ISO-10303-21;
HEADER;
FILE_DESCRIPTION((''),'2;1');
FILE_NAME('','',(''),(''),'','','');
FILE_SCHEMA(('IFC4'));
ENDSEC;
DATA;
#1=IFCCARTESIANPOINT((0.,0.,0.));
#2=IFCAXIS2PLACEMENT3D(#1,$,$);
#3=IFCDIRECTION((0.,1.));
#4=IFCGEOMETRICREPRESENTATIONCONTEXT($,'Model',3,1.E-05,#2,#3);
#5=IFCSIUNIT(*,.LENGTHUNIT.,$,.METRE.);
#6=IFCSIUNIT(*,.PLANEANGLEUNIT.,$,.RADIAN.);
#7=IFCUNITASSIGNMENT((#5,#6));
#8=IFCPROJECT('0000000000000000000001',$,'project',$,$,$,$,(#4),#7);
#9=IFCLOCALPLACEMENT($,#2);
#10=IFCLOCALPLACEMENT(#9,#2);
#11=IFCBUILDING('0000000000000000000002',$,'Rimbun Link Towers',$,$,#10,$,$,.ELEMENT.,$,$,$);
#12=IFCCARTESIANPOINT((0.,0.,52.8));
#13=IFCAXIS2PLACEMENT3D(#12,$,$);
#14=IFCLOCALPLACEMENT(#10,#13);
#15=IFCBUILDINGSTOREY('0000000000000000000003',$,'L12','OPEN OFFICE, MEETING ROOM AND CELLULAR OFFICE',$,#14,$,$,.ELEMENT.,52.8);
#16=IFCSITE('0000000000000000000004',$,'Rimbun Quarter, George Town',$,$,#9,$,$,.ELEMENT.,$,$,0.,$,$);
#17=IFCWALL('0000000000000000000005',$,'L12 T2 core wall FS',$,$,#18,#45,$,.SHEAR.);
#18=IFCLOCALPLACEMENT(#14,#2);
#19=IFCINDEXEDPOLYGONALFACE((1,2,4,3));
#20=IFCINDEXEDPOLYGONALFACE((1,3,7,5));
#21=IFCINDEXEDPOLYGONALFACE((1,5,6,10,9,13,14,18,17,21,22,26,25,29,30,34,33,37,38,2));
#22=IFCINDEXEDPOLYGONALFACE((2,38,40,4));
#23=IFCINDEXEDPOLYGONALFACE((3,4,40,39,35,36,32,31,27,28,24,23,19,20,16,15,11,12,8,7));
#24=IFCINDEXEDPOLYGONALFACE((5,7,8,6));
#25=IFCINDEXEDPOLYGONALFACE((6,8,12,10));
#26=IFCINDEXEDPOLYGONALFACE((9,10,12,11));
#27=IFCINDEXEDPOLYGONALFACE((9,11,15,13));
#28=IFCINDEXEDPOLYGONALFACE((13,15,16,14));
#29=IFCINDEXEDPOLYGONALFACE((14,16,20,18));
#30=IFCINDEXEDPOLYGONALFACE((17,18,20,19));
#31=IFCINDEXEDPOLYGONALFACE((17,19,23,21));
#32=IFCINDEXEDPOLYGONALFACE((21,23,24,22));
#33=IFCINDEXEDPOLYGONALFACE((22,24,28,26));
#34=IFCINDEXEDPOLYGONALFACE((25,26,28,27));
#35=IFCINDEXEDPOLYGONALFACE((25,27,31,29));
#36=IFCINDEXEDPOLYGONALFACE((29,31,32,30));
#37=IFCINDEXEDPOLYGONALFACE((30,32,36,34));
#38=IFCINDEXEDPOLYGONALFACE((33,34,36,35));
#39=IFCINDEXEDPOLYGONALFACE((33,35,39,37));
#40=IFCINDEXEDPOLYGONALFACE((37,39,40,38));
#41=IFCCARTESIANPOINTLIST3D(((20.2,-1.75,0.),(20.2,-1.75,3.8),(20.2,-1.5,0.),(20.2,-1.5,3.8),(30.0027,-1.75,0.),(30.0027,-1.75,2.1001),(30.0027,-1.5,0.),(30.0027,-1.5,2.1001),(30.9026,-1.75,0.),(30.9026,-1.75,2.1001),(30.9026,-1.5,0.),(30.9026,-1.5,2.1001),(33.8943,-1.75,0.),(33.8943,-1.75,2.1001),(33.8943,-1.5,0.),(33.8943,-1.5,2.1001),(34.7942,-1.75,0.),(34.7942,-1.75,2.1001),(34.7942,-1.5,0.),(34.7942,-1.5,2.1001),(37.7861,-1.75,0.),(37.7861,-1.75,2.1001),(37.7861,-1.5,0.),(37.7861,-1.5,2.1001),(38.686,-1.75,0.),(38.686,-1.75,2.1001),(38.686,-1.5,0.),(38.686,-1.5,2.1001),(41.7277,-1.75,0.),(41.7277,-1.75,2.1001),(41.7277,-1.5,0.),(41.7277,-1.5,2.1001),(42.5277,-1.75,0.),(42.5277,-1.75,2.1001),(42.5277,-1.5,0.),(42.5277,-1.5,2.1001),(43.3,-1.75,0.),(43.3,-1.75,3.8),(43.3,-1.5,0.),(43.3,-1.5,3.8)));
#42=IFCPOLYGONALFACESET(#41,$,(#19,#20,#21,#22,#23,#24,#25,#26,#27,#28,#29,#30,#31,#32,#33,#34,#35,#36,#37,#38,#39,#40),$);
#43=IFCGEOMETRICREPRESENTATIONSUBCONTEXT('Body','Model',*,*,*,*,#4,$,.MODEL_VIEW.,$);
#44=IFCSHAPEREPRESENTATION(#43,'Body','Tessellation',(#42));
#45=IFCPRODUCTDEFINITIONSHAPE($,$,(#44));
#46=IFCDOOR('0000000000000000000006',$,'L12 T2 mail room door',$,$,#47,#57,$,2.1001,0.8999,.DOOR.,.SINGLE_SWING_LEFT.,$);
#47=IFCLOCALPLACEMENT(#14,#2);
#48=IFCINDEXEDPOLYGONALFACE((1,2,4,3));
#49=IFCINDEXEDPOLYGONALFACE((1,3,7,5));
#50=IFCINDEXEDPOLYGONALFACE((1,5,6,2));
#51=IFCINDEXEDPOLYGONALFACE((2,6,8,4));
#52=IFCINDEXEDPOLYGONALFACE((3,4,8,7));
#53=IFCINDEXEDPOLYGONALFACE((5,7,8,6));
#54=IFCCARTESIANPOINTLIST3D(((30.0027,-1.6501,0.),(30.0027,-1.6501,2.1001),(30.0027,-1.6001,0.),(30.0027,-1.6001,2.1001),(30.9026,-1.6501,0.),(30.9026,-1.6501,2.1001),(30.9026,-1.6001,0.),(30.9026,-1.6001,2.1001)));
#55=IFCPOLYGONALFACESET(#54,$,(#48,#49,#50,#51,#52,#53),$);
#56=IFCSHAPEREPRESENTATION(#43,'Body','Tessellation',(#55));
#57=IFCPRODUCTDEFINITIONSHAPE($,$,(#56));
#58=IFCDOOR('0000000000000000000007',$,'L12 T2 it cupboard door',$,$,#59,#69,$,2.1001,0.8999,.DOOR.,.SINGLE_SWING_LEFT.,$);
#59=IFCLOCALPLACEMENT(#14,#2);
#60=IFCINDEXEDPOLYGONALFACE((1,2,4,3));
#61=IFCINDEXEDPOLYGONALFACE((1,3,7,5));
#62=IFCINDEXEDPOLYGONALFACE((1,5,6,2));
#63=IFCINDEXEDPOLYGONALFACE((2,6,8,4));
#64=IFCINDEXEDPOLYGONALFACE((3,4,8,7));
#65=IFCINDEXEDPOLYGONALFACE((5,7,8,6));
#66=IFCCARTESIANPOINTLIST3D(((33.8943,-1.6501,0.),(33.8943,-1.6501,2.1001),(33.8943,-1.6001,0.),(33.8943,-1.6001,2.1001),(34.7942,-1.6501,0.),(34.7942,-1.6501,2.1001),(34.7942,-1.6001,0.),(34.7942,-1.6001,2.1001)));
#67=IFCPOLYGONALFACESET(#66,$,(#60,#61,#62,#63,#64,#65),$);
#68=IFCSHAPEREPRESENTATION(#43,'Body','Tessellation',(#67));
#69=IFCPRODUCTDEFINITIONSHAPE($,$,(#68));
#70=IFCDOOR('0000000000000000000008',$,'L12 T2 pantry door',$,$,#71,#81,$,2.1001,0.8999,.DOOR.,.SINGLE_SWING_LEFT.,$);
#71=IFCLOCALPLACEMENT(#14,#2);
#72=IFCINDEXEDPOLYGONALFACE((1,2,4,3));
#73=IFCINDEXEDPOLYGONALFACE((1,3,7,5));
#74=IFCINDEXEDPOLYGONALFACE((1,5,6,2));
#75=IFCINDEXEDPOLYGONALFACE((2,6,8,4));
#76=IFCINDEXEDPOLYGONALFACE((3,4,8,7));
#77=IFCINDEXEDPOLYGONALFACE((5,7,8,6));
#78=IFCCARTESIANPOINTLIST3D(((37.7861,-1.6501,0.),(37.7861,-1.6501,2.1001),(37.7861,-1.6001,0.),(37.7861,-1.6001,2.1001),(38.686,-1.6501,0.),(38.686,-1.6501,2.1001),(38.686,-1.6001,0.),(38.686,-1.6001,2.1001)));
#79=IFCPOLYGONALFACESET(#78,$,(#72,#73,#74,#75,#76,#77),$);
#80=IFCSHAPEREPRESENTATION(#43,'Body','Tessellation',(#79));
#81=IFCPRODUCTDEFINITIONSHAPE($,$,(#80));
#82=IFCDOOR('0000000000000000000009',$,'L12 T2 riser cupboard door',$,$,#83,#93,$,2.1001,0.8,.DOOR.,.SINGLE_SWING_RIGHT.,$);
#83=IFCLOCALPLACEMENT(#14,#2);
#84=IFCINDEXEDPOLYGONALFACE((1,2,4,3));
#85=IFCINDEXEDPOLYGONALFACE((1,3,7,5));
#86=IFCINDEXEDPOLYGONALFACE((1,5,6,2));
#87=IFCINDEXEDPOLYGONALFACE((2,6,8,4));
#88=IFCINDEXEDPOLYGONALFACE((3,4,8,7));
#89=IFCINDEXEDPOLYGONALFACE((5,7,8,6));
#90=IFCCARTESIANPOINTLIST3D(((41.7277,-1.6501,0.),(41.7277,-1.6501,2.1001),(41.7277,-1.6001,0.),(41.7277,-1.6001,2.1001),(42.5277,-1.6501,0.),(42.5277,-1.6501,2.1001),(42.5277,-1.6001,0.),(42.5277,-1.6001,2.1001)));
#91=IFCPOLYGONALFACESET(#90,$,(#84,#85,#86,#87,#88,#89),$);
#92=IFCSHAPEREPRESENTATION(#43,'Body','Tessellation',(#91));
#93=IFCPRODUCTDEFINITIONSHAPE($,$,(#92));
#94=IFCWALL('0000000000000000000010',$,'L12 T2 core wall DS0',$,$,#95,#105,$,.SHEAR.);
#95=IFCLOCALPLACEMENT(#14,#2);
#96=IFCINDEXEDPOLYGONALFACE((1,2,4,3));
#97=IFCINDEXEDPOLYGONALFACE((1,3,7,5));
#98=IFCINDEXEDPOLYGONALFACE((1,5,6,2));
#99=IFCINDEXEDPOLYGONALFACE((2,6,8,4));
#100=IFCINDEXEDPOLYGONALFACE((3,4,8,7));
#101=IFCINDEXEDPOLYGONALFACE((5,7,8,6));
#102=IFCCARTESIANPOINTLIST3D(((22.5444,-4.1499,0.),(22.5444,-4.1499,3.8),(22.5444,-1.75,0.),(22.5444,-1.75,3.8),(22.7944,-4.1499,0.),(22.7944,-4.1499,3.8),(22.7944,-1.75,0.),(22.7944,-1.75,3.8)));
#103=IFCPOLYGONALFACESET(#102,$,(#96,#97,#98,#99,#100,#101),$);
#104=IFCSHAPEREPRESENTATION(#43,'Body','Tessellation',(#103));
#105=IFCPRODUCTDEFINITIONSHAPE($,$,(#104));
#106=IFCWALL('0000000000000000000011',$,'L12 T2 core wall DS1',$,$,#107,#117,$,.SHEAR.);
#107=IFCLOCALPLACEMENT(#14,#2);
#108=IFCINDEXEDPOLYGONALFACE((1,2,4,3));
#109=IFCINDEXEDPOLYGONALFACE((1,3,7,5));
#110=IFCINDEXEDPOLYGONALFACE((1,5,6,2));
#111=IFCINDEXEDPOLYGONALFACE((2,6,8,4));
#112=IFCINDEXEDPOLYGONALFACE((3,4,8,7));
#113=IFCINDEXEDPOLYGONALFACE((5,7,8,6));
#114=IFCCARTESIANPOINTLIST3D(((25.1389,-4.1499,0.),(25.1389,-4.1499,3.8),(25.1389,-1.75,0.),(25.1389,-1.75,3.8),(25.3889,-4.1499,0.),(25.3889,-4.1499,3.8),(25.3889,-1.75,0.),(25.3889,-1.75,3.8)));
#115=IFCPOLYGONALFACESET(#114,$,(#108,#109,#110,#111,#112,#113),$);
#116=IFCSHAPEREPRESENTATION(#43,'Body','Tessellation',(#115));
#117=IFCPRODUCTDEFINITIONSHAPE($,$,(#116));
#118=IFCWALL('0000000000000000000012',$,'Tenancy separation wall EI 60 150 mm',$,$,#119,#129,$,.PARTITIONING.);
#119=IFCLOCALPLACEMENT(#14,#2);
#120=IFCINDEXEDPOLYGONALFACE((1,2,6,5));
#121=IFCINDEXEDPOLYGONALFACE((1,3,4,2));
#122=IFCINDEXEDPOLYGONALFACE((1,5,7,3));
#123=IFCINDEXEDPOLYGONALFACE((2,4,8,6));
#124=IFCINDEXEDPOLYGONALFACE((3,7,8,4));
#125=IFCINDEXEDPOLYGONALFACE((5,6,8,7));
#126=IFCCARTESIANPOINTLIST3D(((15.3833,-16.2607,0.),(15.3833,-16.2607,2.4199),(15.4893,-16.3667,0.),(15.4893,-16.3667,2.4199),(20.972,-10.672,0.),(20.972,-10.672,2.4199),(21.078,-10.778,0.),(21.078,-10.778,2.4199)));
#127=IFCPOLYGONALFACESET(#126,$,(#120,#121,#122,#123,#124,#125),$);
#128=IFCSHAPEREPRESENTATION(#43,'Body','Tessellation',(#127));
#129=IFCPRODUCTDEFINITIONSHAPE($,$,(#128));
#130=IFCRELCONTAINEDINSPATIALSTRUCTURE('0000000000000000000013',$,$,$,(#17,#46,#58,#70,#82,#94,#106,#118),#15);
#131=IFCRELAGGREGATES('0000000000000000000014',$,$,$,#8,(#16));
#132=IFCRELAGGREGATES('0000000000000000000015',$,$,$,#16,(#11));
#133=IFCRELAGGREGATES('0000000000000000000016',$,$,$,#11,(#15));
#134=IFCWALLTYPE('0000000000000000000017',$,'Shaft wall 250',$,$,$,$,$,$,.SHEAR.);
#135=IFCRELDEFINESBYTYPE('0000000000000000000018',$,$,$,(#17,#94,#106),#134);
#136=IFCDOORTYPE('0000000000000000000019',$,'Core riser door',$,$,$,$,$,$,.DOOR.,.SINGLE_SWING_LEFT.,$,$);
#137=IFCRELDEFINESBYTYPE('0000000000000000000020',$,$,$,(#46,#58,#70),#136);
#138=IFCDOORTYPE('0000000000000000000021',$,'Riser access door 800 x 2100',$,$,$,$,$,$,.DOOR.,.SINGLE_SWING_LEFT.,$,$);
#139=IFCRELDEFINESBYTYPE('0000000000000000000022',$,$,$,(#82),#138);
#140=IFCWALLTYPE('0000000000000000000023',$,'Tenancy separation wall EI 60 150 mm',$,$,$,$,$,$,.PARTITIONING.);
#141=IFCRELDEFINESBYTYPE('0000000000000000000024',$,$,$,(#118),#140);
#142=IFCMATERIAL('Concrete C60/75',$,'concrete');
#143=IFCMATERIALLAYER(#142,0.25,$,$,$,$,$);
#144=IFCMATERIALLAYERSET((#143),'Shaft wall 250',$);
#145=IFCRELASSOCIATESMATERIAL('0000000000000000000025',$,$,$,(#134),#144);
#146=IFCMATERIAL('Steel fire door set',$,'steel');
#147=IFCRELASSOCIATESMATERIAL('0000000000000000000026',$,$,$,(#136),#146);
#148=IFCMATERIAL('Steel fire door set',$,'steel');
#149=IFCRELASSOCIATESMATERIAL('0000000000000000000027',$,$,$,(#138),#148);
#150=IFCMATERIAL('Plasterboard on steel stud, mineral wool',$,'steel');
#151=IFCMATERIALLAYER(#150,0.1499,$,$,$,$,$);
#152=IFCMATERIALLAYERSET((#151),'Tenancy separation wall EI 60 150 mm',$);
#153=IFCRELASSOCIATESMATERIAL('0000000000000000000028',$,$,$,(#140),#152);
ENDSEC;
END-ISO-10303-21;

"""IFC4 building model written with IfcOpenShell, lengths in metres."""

from ifc_helpers import new_model, si_unit, direction, frame, frame_2d, origin, place, context, subcontext, project, spatial, rectangle, extrude, material, layer, layer_set, type_object, element, fill, save


model = new_model("IFC4")

# Units and contexts
model_context = context("Model", 3, precision=1e-05, world=origin(), true_north=direction((0.0, 1.0)))
body_context = subcontext(model_context, "Body", "Model", "MODEL_VIEW")
ifc_project = project(units=[si_unit("LENGTHUNIT", "METRE"), si_unit("PLANEANGLEUNIT", "RADIAN")], contexts=[model_context])

# Site, building, storey
site_placement = place(None, origin())
site = spatial("IfcSite", under=ifc_project, at=site_placement, Name="Rimbun Quarter, George Town", CompositionType="ELEMENT", RefElevation=0.0)
building_placement = place(site_placement, origin())
building = spatial("IfcBuilding", under=site, at=building_placement, Name="Rimbun Link Towers", CompositionType="ELEMENT")
storey_placement = place(building_placement, frame((0.0, 0.0, 52.8)))
storey = spatial("IfcBuildingStorey", under=building, at=storey_placement, Name="L12", Description="OPEN OFFICE, MEETING ROOM AND CELLULAR OFFICE", CompositionType="ELEMENT", Elevation=52.8)

# Shared definitions
ifc_material_1 = material(Name="Concrete C60/75", Category="concrete")
ifc_layer_1 = layer(ifc_material_1, 0.25)
ifc_layer_set_1 = layer_set([ifc_layer_1], Name="Shaft wall 250")
wall_type_1 = type_object("IfcWallType", Name="Shaft wall 250", PredefinedType="SHEAR", material=ifc_layer_set_1)

# Wall, openings, doors
wall_1_placement = place(storey_placement, frame((20.2, -1.625, 0.0), z_axis=(0.0, 0.0, 1.0), x_axis=(1.0, 0.0, 0.0)))
wall_1 = element("IfcWall", 1, at=wall_1_placement, inside=storey, type_object=wall_type_1, Name="L12 T2 core wall FS", PredefinedType="SHEAR", context=body_context, shape_type="SweptSolid", body=[
    extrude(rectangle(XDim=23.1001, YDim=0.25, at=frame_2d((11.55, 0.0))), origin(), (0.0, 0.0, 1.0), 3.8),
])
opening_1_placement = place(wall_1_placement, frame((9.8027, 0.0, 0.0)))
opening_1 = element("IfcOpeningElement", 2, at=opening_1_placement, cuts=wall_1, PredefinedType="OPENING", context=body_context, shape_type="SweptSolid", body=[
    extrude(rectangle(XDim=0.8999, YDim=2.1001, at=frame_2d((0.45, 1.05))), frame((0.0, 0.135, 0.0), z_axis=(0.0, -1.0, 0.0), x_axis=(1.0, 0.0, 0.0)), (0.0, 0.0, 1.0), 0.27),
])
opening_2_placement = place(wall_1_placement, frame((13.6943, 0.0, 0.0)))
opening_2 = element("IfcOpeningElement", 3, at=opening_2_placement, cuts=wall_1, PredefinedType="OPENING", context=body_context, shape_type="SweptSolid", body=[
    extrude(rectangle(XDim=0.8999, YDim=2.1001, at=frame_2d((0.45, 1.05))), frame((0.0, 0.135, 0.0), z_axis=(0.0, -1.0, 0.0), x_axis=(1.0, 0.0, 0.0)), (0.0, 0.0, 1.0), 0.27),
])
opening_3_placement = place(wall_1_placement, frame((17.5862, 0.0, 0.0)))
opening_3 = element("IfcOpeningElement", 4, at=opening_3_placement, cuts=wall_1, PredefinedType="OPENING", context=body_context, shape_type="SweptSolid", body=[
    extrude(rectangle(XDim=0.8999, YDim=2.1001, at=frame_2d((0.45, 1.05))), frame((0.0, 0.135, 0.0), z_axis=(0.0, -1.0, 0.0), x_axis=(1.0, 0.0, 0.0)), (0.0, 0.0, 1.0), 0.27),
])
opening_4_placement = place(wall_1_placement, frame((21.5278, 0.0, 0.0)))
opening_4 = element("IfcOpeningElement", 5, at=opening_4_placement, cuts=wall_1, PredefinedType="OPENING", context=body_context, shape_type="SweptSolid", body=[
    extrude(rectangle(XDim=0.8, YDim=2.1001, at=frame_2d((0.3999, 1.05))), frame((0.0, 0.135, 0.0), z_axis=(0.0, -1.0, 0.0), x_axis=(1.0, 0.0, 0.0)), (0.0, 0.0, 1.0), 0.27),
])
ifc_material_2 = material(Name="Steel fire door set", Category="steel")
door_type_1 = type_object("IfcDoorType", Name="Core riser door", OperationType="SINGLE_SWING_LEFT", PredefinedType="DOOR", material=ifc_material_2)
door_1_placement = place(opening_1_placement, origin())
door_1 = element("IfcDoor", 6, at=door_1_placement, inside=storey, type_object=door_type_1, Name="L12 T2 mail room door", OperationType="SINGLE_SWING_LEFT", OverallHeight=2.1001, OverallWidth=0.8999, PredefinedType="DOOR", context=body_context, shape_type="SweptSolid", body=[
    extrude(rectangle(XDim=0.8999, YDim=2.1001, at=frame_2d((0.45, 1.05))), frame((0.0, 0.0249, 0.0), z_axis=(0.0, -1.0, 0.0), x_axis=(1.0, 0.0, 0.0)), (0.0, 0.0, 1.0), 0.05),
])
fill(opening_1, door_1)
door_2_placement = place(opening_2_placement, origin())
door_2 = element("IfcDoor", 7, at=door_2_placement, inside=storey, type_object=door_type_1, Name="L12 T2 it cupboard door", OperationType="SINGLE_SWING_LEFT", OverallHeight=2.1001, OverallWidth=0.8999, PredefinedType="DOOR", context=body_context, shape_type="SweptSolid", body=[
    extrude(rectangle(XDim=0.8999, YDim=2.1001, at=frame_2d((0.45, 1.05))), frame((0.0, 0.0249, 0.0), z_axis=(0.0, -1.0, 0.0), x_axis=(1.0, 0.0, 0.0)), (0.0, 0.0, 1.0), 0.05),
])
fill(opening_2, door_2)
door_3_placement = place(opening_3_placement, origin())
door_3 = element("IfcDoor", 8, at=door_3_placement, inside=storey, type_object=door_type_1, Name="L12 T2 pantry door", OperationType="SINGLE_SWING_LEFT", OverallHeight=2.1001, OverallWidth=0.8999, PredefinedType="DOOR", context=body_context, shape_type="SweptSolid", body=[
    extrude(rectangle(XDim=0.8999, YDim=2.1001, at=frame_2d((0.45, 1.05))), frame((0.0, 0.0249, 0.0), z_axis=(0.0, -1.0, 0.0), x_axis=(1.0, 0.0, 0.0)), (0.0, 0.0, 1.0), 0.05),
])
fill(opening_3, door_3)
ifc_material_3 = material(Name="Steel fire door set", Category="steel")
door_type_2 = type_object("IfcDoorType", Name="Riser access door 800 x 2100", OperationType="SINGLE_SWING_LEFT", PredefinedType="DOOR", material=ifc_material_3)
door_4_placement = place(opening_4_placement, origin())
door_4 = element("IfcDoor", 9, at=door_4_placement, inside=storey, type_object=door_type_2, Name="L12 T2 riser cupboard door", OperationType="SINGLE_SWING_RIGHT", OverallHeight=2.1001, OverallWidth=0.8, PredefinedType="DOOR", context=body_context, shape_type="SweptSolid", body=[
    extrude(rectangle(XDim=0.8, YDim=2.1001, at=frame_2d((0.3999, 1.05))), frame((0.0, 0.0249, 0.0), z_axis=(0.0, -1.0, 0.0), x_axis=(1.0, 0.0, 0.0)), (0.0, 0.0, 1.0), 0.05),
])
fill(opening_4, door_4)

# Walls
for number, where, z_axis, x_axis, name in (
    (10, (22.6694, -4.1499, 0.0), (0.0, 0.0, 1.0), (0.0, 1.0, 0.0), "L12 T2 core wall DS0"),
    (11, (25.2639, -4.1499, 0.0), (0.0, 0.0, 1.0), (0.0, 1.0, 0.0), "L12 T2 core wall DS1"),
):
    element("IfcWall", number, at=place(storey_placement, frame(where, z_axis=z_axis, x_axis=x_axis)), inside=storey, type_object=wall_type_1, Name=name, PredefinedType="SHEAR", context=body_context, shape_type="SweptSolid", body=[
        extrude(rectangle(XDim=2.3999, YDim=0.25, at=frame_2d((1.2, 0.0))), origin(), (0.0, 0.0, 1.0), 3.8),
    ])
ifc_material_4 = material(Name="Plasterboard on steel stud, mineral wool", Category="steel")
ifc_layer_2 = layer(ifc_material_4, 0.1499)
ifc_layer_set_2 = layer_set([ifc_layer_2], Name="Tenancy separation wall EI 60 150 mm")
wall_type_2 = type_object("IfcWallType", Name="Tenancy separation wall EI 60 150 mm", PredefinedType="PARTITIONING", material=ifc_layer_set_2)
wall_2_placement = place(storey_placement, frame((21.0249, -10.7251, 0.0), z_axis=(0.0, 0.0, 1.0), x_axis=(-0.707107, -0.707107, 0.0)))
element("IfcWall", 12, at=wall_2_placement, inside=storey, type_object=wall_type_2, Name="Tenancy separation wall EI 60 150 mm", PredefinedType="PARTITIONING", context=body_context, shape_type="SweptSolid", body=[
    extrude(rectangle(XDim=7.9036, YDim=0.1499, at=frame_2d((3.9517, 0.0))), origin(), (0.0, 0.0, 1.0), 2.4199),
])

save(model, "model.ifc")
